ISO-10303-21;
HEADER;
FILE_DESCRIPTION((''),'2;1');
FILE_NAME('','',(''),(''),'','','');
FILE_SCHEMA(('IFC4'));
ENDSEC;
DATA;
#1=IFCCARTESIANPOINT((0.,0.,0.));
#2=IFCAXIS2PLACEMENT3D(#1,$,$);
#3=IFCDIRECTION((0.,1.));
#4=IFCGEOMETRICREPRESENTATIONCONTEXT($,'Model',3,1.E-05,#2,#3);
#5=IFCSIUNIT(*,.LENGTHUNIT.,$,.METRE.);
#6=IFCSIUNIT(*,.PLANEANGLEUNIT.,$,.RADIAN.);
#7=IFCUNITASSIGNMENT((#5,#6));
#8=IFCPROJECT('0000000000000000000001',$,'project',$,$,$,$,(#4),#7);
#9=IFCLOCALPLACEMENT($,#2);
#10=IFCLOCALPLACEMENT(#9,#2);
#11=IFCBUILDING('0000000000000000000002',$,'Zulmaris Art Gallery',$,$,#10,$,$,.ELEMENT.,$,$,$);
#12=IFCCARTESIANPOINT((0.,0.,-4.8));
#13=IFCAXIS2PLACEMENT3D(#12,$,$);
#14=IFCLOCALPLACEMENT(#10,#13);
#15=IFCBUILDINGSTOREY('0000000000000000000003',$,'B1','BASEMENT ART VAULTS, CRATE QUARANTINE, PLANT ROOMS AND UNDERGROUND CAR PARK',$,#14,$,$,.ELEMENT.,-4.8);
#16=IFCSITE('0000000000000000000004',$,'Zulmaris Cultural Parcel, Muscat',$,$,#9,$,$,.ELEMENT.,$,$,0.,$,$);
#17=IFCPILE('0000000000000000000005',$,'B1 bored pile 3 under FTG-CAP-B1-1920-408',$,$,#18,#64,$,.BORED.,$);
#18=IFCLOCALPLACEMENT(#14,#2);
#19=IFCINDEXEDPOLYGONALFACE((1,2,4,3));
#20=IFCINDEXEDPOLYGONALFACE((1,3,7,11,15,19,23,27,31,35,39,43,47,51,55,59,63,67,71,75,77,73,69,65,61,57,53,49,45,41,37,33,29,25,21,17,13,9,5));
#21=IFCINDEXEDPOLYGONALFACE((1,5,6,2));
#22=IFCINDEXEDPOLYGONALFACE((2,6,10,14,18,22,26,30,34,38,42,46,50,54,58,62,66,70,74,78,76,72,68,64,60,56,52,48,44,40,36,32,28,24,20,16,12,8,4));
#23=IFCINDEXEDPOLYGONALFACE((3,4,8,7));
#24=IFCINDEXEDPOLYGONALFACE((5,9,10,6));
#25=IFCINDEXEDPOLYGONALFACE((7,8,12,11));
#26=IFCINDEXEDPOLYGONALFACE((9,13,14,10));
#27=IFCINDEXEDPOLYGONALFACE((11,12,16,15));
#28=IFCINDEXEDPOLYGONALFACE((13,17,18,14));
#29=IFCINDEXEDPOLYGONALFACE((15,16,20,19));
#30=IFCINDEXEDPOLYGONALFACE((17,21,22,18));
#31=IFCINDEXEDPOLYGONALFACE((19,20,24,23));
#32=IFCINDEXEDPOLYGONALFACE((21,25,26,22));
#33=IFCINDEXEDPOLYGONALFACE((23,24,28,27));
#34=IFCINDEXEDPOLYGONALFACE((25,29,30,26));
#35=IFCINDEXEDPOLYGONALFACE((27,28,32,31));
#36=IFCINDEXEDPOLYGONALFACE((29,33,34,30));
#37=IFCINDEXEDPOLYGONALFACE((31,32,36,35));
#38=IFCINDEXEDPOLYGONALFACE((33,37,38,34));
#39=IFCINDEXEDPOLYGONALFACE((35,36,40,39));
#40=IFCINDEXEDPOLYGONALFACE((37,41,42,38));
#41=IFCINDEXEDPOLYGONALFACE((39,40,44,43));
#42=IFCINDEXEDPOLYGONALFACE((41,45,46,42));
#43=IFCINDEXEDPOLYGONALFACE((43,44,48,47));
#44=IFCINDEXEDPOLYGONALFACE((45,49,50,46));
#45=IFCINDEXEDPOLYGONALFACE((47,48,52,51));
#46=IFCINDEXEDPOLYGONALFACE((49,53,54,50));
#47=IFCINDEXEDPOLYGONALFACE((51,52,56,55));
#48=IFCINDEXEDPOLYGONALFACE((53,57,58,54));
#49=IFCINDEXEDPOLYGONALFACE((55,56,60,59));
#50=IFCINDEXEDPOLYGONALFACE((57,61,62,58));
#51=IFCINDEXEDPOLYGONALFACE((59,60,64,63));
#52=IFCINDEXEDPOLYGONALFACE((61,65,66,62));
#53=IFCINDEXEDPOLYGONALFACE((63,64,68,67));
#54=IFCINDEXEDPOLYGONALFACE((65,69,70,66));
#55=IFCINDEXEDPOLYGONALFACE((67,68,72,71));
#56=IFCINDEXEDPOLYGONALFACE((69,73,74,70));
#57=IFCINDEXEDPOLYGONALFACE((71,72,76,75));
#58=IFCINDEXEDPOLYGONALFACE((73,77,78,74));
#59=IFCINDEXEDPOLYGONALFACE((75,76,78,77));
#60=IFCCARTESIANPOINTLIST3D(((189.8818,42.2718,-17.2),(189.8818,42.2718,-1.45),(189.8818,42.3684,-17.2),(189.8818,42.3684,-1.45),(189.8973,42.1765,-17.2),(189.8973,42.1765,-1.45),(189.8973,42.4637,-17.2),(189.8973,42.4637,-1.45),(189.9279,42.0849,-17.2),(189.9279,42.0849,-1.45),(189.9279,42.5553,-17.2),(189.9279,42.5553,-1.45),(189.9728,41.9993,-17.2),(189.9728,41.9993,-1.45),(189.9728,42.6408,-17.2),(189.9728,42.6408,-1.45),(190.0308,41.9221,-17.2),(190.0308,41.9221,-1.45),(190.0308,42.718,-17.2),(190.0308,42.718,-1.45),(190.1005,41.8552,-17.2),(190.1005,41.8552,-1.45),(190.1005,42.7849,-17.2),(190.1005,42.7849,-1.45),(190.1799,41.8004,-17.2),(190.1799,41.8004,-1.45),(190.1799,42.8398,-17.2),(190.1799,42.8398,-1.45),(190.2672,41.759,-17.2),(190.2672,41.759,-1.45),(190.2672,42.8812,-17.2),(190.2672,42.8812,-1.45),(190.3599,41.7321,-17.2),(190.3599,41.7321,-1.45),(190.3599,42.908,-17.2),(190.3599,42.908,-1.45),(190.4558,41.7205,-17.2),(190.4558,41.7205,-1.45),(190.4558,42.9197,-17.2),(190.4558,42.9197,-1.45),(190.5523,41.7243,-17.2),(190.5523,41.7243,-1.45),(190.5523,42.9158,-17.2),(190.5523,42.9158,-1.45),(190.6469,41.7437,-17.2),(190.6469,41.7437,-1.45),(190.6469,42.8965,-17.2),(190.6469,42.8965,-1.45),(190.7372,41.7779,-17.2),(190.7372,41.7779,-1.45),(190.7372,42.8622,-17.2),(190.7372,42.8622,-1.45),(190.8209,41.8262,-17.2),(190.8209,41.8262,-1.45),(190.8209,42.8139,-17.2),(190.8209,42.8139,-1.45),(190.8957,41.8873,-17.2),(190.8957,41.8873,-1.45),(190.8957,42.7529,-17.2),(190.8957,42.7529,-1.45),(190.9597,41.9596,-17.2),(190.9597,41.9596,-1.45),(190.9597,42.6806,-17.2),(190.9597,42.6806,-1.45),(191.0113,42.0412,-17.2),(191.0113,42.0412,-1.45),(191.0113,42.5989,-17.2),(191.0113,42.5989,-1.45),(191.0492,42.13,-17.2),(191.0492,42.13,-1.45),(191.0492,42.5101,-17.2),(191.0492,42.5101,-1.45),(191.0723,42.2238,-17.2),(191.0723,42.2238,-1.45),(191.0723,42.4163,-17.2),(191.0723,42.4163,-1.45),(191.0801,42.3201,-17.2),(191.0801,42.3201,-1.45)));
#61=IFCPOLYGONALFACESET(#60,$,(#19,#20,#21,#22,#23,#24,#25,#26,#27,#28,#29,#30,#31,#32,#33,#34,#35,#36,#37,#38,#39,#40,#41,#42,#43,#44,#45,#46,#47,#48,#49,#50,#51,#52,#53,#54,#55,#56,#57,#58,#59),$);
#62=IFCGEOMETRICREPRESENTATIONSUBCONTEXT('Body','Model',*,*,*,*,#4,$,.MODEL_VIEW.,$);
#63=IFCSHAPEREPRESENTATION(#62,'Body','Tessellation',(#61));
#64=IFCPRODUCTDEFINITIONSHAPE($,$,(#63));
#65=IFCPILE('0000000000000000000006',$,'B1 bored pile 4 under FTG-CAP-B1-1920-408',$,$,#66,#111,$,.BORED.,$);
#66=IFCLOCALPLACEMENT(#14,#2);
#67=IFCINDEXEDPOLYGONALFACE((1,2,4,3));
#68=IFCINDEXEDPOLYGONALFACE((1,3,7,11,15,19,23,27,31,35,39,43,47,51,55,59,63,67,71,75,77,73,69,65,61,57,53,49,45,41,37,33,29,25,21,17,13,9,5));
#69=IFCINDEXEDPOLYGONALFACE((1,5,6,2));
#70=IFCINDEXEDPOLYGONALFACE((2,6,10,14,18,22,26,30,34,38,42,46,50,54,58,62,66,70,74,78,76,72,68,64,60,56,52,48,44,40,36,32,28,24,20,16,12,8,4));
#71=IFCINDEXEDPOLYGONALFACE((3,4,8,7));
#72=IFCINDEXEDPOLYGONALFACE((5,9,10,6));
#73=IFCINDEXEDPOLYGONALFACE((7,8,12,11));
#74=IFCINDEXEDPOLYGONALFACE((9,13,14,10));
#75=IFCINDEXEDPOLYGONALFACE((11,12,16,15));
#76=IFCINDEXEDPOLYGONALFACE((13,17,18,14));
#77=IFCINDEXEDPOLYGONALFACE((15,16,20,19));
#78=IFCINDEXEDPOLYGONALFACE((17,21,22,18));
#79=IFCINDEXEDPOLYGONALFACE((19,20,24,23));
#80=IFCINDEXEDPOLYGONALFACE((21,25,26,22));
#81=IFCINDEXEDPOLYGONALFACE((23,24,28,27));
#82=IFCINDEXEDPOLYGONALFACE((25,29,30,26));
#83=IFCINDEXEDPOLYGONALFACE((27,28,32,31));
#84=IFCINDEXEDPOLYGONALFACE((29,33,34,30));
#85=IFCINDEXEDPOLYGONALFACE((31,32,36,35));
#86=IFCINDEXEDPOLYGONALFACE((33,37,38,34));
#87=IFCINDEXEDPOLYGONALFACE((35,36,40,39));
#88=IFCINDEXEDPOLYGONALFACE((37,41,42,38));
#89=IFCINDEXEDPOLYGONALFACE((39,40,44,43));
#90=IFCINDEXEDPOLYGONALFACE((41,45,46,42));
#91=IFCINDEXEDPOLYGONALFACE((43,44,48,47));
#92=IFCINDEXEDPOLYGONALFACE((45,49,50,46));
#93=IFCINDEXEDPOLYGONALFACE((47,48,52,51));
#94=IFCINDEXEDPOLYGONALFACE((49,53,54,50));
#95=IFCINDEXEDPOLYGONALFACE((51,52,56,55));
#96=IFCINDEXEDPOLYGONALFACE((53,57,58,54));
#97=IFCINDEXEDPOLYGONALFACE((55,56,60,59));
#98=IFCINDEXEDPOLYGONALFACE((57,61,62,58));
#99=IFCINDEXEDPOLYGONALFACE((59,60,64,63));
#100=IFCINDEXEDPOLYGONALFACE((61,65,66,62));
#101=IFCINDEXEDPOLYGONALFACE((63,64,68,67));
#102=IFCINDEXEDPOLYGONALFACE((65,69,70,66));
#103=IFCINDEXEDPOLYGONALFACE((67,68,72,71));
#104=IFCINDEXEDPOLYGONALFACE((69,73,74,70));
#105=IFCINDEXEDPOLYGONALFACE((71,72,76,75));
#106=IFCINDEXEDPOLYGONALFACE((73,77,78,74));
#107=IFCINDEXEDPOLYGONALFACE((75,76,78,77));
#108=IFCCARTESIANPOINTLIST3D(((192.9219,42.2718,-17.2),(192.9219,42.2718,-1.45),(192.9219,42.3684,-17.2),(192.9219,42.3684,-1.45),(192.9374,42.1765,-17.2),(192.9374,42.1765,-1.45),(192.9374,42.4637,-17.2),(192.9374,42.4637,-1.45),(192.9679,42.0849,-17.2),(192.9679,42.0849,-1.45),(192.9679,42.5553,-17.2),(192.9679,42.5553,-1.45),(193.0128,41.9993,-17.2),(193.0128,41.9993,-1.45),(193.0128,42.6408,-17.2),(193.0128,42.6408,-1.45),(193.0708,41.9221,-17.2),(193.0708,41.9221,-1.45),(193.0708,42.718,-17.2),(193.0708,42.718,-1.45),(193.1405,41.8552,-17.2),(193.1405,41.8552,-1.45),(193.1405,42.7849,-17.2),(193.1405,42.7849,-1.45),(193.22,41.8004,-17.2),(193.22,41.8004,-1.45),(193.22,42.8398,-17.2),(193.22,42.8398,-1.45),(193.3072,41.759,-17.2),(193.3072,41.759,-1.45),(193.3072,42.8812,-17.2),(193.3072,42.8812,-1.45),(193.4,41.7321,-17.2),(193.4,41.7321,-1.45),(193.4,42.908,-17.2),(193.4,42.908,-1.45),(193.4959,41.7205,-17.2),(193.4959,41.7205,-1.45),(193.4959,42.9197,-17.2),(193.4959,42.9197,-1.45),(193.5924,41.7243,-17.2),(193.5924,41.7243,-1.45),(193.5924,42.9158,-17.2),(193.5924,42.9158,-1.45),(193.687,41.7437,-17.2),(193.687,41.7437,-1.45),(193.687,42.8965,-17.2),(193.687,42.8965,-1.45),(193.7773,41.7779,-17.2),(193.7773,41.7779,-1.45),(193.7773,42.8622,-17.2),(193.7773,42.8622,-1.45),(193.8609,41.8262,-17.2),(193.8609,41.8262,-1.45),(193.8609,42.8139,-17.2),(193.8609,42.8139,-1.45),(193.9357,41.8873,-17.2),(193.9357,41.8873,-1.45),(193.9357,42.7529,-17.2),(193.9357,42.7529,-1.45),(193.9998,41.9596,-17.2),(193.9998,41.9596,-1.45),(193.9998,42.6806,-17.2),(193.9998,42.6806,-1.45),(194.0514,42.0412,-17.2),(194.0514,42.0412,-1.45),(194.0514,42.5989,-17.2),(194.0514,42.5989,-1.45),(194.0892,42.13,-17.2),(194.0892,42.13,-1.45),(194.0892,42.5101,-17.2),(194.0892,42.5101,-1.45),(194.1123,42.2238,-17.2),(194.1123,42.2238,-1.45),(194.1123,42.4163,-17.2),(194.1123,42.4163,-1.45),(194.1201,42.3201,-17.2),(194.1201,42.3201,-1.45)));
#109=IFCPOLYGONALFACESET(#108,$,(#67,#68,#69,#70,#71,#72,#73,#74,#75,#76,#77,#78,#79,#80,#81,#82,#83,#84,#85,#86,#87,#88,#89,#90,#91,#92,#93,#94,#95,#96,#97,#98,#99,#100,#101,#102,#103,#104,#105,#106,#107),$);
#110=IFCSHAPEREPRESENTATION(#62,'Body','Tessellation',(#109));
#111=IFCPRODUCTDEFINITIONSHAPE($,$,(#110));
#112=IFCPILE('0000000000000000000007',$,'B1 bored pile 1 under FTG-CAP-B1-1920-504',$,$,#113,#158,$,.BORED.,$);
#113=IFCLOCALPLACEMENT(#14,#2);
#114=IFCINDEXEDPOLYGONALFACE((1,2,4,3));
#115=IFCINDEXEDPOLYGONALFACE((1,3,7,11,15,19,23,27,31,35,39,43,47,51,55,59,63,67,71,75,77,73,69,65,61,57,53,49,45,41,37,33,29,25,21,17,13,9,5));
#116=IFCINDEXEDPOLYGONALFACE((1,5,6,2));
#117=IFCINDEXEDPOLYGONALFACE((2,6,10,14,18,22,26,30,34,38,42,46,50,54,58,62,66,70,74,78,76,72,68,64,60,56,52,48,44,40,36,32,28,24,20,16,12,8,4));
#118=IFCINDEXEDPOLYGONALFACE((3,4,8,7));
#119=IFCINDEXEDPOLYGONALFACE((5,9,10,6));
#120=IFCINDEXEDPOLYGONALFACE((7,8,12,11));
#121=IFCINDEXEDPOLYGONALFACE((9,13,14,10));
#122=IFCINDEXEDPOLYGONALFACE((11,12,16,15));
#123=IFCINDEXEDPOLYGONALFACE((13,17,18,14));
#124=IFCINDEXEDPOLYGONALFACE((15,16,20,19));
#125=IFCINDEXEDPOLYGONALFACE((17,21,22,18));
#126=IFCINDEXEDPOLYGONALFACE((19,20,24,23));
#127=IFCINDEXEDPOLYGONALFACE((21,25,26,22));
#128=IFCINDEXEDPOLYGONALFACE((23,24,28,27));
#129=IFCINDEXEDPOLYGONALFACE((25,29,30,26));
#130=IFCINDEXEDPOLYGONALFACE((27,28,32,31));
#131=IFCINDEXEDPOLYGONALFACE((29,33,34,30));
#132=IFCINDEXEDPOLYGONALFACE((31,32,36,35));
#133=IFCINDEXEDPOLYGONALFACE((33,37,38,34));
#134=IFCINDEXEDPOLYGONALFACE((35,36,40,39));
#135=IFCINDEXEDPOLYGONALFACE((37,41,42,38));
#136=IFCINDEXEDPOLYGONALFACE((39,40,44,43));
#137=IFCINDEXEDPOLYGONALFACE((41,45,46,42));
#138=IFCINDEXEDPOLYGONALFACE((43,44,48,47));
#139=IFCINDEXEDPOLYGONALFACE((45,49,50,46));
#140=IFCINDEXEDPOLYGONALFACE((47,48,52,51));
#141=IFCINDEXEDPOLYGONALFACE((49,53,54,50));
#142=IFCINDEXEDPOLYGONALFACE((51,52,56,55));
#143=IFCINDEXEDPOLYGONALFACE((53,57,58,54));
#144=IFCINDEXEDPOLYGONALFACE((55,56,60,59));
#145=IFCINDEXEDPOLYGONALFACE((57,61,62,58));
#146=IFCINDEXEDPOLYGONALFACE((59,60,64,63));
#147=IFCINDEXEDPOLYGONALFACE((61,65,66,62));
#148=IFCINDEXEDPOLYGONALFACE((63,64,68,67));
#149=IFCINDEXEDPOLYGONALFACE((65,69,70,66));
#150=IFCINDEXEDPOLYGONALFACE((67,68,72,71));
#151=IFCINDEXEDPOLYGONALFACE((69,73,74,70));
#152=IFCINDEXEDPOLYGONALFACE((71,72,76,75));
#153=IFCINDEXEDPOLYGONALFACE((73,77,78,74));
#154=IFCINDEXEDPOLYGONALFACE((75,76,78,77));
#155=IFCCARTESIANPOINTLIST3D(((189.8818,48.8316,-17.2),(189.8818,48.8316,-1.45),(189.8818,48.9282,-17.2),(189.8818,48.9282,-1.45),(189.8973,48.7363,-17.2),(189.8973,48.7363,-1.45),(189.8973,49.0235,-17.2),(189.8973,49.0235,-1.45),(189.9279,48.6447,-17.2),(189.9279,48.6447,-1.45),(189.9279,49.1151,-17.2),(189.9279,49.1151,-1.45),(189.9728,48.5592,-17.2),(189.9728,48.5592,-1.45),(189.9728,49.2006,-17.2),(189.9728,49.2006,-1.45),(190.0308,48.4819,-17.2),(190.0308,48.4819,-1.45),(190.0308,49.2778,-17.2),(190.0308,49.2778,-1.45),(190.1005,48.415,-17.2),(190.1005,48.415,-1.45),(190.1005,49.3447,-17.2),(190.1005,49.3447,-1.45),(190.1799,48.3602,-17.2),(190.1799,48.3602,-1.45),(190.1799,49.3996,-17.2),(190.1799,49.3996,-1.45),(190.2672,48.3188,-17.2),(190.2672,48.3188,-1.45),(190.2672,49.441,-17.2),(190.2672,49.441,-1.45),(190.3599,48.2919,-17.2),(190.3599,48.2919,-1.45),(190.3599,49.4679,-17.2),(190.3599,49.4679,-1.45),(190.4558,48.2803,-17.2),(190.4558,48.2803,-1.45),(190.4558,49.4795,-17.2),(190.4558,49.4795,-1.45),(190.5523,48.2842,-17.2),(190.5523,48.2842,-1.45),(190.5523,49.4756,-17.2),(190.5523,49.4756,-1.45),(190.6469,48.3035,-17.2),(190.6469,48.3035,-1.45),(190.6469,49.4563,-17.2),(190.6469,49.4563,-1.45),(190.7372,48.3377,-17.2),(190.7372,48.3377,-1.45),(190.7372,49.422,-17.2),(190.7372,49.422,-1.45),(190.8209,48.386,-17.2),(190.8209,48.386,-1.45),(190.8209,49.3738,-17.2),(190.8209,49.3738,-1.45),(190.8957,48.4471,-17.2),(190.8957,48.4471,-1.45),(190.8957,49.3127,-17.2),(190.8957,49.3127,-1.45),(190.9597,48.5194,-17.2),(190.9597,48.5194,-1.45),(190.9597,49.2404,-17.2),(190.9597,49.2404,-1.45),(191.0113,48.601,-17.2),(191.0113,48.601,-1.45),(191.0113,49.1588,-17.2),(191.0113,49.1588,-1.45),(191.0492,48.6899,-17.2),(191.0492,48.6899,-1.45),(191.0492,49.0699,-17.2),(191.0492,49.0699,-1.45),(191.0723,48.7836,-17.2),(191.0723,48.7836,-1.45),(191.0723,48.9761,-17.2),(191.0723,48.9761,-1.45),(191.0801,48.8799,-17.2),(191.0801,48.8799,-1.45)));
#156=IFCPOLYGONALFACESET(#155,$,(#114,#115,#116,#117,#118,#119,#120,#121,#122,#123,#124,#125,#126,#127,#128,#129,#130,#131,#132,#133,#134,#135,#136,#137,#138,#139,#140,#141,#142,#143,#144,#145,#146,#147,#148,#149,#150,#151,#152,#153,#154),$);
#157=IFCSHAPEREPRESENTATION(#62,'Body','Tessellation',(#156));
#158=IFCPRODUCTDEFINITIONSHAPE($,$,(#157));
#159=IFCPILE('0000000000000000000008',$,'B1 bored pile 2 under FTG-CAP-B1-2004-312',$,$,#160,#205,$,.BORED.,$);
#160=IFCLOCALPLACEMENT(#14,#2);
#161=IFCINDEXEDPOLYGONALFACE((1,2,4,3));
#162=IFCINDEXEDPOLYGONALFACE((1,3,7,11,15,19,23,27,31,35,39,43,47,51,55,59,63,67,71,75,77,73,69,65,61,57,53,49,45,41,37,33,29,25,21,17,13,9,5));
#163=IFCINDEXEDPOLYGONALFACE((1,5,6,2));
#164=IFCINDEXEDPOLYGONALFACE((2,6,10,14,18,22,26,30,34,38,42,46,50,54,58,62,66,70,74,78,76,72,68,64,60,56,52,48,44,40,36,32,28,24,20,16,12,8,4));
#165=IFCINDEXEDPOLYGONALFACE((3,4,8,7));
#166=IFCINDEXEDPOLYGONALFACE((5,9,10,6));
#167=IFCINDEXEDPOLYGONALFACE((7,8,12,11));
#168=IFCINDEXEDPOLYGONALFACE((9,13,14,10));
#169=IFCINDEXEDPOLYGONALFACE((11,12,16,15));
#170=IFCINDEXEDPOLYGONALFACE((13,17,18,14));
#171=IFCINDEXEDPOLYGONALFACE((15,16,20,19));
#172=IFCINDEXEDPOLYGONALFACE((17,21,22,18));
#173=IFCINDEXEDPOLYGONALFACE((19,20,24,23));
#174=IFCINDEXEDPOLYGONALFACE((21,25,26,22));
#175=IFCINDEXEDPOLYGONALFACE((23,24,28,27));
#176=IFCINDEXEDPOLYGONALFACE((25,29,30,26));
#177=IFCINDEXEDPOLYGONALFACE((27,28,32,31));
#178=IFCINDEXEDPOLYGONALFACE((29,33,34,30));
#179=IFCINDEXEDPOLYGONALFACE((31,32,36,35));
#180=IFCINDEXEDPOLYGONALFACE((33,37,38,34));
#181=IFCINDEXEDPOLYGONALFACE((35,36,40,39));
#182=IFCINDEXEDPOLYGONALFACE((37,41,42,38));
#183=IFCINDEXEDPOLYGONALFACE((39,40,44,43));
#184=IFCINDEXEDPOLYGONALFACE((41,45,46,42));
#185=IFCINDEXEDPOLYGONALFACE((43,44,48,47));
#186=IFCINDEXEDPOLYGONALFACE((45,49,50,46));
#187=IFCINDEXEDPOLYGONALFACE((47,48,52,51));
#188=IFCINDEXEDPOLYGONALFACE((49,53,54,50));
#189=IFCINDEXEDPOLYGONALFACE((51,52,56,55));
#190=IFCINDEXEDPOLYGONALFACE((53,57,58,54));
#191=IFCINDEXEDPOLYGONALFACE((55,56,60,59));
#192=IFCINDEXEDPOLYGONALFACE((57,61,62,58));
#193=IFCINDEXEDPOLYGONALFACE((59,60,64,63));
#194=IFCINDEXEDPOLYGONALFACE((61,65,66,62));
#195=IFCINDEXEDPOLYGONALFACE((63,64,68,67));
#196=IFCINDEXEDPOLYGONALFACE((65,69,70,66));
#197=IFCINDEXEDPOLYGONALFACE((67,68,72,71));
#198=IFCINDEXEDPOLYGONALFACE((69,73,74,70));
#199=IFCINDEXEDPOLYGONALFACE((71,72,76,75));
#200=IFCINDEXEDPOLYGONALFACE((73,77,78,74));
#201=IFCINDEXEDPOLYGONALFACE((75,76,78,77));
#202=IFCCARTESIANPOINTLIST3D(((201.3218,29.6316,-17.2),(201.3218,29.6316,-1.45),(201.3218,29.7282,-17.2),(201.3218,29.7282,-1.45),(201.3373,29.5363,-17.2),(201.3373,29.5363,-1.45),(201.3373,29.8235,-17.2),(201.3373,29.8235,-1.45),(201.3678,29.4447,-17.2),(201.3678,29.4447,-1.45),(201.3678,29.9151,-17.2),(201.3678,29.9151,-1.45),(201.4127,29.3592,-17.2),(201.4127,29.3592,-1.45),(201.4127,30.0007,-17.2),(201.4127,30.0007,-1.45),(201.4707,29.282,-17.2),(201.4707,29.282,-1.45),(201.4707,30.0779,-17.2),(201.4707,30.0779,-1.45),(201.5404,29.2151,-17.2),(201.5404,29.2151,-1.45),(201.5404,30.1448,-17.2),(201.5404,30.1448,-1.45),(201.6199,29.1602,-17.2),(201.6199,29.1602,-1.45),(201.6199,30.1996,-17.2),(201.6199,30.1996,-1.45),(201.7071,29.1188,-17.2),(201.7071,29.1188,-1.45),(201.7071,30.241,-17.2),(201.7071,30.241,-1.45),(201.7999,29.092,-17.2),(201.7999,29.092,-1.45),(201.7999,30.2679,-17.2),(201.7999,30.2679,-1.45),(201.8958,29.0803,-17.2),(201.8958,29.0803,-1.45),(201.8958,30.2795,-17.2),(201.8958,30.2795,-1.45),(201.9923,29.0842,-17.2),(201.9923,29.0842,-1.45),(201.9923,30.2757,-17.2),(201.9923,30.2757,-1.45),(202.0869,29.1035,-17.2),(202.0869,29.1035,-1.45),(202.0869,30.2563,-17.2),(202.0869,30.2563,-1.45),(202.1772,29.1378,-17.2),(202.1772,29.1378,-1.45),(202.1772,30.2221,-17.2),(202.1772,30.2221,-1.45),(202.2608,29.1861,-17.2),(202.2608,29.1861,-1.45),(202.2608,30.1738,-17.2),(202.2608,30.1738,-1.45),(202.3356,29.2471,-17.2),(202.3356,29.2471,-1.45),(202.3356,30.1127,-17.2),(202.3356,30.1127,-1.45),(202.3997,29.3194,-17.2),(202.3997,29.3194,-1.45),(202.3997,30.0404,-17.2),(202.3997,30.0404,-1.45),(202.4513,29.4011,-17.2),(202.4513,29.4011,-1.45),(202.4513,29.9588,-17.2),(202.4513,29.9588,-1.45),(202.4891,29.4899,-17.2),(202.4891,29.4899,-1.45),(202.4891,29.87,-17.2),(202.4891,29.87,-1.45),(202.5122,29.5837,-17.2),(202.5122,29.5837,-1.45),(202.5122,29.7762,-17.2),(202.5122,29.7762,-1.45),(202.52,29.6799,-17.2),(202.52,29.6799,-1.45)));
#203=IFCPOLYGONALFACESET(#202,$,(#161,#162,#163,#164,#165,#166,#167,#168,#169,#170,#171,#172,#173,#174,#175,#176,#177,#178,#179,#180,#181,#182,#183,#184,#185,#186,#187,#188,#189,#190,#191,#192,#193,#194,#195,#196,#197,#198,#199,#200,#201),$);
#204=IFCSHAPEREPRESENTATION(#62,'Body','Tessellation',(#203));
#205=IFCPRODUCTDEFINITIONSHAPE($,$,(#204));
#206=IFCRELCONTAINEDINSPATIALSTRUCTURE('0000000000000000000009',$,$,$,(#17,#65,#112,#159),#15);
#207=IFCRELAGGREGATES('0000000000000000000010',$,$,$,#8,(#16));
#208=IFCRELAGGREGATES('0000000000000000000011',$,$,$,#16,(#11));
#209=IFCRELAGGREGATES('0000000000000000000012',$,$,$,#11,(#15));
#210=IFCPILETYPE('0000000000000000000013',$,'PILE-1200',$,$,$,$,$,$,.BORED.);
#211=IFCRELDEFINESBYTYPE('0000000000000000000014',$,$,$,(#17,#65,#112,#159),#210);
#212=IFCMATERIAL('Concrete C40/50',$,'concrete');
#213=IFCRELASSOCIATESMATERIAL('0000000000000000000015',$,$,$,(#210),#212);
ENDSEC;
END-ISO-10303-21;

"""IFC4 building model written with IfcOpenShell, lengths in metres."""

from ifc_helpers import new_model, si_unit, direction, frame, origin, origin_2d, place, context, subcontext, project, spatial, circle, extrude, material, material_profile, profile_set, type_object, element, save


model = new_model("IFC4")

# Units and contexts
model_context = context("Model", 3, precision=1e-05, world=origin(), true_north=direction((0.0, 1.0)))
body_context = subcontext(model_context, "Body", "Model", "MODEL_VIEW")
ifc_project = project(units=[si_unit("LENGTHUNIT", "METRE"), si_unit("PLANEANGLEUNIT", "RADIAN")], contexts=[model_context])

# Site, building, storey
site_placement = place(None, origin())
site = spatial("IfcSite", under=ifc_project, at=site_placement, Name="Zulmaris Cultural Parcel, Muscat", CompositionType="ELEMENT", RefElevation=0.0)
building_placement = place(site_placement, origin())
building = spatial("IfcBuilding", under=site, at=building_placement, Name="Zulmaris Art Gallery", CompositionType="ELEMENT")
storey_placement = place(building_placement, frame((0.0, 0.0, -4.8)))
storey = spatial("IfcBuildingStorey", under=building, at=storey_placement, Name="B1", Description="BASEMENT ART VAULTS, CRATE QUARANTINE, PLANT ROOMS AND UNDERGROUND CAR PARK", CompositionType="ELEMENT", Elevation=-4.8)

# Piles
ifc_material_1 = material(Name="Concrete C40/50", Category="concrete")
ifc_material_profile_1 = material_profile(ifc_material_1, circle(Radius=0.6001, at=origin_2d()), Name="PILE DIA 1200")
ifc_profile_set_1 = profile_set([ifc_material_profile_1], Name="Concrete C40/50")
pile_type = type_object("IfcPileType", Name="PILE-1200", PredefinedType="BORED", material=ifc_profile_set_1)
for number, where, z_axis, x_axis, name in (
    (1, (190.48, 42.3201, -1.45), (0.0, 0.0, -1.0), (1.0, 0.0, 0.0), "B1 bored pile 3 under FTG-CAP-B1-1920-408"),
    (2, (193.52, 42.3201, -1.45), (0.0, 0.0, -1.0), (1.0, 0.0, 0.0), "B1 bored pile 4 under FTG-CAP-B1-1920-408"),
    (3, (190.48, 48.8799, -1.45), (0.0, 0.0, -1.0), (1.0, 0.0, 0.0), "B1 bored pile 1 under FTG-CAP-B1-1920-504"),
    (4, (201.9199, 29.6799, -1.45), (0.0, 0.0, -1.0), (1.0, 0.0, 0.0), "B1 bored pile 2 under FTG-CAP-B1-2004-312"),
):
    element("IfcPile", number, at=place(storey_placement, frame(where, z_axis=z_axis, x_axis=x_axis)), inside=storey, type_object=pile_type, Name=name, PredefinedType="BORED", context=body_context, shape_type="SweptSolid", body=[
        extrude(circle(Radius=0.6001, at=origin_2d()), origin(), (0.0, 0.0, 1.0), 15.75),
    ])

save(model, "model.ifc")
